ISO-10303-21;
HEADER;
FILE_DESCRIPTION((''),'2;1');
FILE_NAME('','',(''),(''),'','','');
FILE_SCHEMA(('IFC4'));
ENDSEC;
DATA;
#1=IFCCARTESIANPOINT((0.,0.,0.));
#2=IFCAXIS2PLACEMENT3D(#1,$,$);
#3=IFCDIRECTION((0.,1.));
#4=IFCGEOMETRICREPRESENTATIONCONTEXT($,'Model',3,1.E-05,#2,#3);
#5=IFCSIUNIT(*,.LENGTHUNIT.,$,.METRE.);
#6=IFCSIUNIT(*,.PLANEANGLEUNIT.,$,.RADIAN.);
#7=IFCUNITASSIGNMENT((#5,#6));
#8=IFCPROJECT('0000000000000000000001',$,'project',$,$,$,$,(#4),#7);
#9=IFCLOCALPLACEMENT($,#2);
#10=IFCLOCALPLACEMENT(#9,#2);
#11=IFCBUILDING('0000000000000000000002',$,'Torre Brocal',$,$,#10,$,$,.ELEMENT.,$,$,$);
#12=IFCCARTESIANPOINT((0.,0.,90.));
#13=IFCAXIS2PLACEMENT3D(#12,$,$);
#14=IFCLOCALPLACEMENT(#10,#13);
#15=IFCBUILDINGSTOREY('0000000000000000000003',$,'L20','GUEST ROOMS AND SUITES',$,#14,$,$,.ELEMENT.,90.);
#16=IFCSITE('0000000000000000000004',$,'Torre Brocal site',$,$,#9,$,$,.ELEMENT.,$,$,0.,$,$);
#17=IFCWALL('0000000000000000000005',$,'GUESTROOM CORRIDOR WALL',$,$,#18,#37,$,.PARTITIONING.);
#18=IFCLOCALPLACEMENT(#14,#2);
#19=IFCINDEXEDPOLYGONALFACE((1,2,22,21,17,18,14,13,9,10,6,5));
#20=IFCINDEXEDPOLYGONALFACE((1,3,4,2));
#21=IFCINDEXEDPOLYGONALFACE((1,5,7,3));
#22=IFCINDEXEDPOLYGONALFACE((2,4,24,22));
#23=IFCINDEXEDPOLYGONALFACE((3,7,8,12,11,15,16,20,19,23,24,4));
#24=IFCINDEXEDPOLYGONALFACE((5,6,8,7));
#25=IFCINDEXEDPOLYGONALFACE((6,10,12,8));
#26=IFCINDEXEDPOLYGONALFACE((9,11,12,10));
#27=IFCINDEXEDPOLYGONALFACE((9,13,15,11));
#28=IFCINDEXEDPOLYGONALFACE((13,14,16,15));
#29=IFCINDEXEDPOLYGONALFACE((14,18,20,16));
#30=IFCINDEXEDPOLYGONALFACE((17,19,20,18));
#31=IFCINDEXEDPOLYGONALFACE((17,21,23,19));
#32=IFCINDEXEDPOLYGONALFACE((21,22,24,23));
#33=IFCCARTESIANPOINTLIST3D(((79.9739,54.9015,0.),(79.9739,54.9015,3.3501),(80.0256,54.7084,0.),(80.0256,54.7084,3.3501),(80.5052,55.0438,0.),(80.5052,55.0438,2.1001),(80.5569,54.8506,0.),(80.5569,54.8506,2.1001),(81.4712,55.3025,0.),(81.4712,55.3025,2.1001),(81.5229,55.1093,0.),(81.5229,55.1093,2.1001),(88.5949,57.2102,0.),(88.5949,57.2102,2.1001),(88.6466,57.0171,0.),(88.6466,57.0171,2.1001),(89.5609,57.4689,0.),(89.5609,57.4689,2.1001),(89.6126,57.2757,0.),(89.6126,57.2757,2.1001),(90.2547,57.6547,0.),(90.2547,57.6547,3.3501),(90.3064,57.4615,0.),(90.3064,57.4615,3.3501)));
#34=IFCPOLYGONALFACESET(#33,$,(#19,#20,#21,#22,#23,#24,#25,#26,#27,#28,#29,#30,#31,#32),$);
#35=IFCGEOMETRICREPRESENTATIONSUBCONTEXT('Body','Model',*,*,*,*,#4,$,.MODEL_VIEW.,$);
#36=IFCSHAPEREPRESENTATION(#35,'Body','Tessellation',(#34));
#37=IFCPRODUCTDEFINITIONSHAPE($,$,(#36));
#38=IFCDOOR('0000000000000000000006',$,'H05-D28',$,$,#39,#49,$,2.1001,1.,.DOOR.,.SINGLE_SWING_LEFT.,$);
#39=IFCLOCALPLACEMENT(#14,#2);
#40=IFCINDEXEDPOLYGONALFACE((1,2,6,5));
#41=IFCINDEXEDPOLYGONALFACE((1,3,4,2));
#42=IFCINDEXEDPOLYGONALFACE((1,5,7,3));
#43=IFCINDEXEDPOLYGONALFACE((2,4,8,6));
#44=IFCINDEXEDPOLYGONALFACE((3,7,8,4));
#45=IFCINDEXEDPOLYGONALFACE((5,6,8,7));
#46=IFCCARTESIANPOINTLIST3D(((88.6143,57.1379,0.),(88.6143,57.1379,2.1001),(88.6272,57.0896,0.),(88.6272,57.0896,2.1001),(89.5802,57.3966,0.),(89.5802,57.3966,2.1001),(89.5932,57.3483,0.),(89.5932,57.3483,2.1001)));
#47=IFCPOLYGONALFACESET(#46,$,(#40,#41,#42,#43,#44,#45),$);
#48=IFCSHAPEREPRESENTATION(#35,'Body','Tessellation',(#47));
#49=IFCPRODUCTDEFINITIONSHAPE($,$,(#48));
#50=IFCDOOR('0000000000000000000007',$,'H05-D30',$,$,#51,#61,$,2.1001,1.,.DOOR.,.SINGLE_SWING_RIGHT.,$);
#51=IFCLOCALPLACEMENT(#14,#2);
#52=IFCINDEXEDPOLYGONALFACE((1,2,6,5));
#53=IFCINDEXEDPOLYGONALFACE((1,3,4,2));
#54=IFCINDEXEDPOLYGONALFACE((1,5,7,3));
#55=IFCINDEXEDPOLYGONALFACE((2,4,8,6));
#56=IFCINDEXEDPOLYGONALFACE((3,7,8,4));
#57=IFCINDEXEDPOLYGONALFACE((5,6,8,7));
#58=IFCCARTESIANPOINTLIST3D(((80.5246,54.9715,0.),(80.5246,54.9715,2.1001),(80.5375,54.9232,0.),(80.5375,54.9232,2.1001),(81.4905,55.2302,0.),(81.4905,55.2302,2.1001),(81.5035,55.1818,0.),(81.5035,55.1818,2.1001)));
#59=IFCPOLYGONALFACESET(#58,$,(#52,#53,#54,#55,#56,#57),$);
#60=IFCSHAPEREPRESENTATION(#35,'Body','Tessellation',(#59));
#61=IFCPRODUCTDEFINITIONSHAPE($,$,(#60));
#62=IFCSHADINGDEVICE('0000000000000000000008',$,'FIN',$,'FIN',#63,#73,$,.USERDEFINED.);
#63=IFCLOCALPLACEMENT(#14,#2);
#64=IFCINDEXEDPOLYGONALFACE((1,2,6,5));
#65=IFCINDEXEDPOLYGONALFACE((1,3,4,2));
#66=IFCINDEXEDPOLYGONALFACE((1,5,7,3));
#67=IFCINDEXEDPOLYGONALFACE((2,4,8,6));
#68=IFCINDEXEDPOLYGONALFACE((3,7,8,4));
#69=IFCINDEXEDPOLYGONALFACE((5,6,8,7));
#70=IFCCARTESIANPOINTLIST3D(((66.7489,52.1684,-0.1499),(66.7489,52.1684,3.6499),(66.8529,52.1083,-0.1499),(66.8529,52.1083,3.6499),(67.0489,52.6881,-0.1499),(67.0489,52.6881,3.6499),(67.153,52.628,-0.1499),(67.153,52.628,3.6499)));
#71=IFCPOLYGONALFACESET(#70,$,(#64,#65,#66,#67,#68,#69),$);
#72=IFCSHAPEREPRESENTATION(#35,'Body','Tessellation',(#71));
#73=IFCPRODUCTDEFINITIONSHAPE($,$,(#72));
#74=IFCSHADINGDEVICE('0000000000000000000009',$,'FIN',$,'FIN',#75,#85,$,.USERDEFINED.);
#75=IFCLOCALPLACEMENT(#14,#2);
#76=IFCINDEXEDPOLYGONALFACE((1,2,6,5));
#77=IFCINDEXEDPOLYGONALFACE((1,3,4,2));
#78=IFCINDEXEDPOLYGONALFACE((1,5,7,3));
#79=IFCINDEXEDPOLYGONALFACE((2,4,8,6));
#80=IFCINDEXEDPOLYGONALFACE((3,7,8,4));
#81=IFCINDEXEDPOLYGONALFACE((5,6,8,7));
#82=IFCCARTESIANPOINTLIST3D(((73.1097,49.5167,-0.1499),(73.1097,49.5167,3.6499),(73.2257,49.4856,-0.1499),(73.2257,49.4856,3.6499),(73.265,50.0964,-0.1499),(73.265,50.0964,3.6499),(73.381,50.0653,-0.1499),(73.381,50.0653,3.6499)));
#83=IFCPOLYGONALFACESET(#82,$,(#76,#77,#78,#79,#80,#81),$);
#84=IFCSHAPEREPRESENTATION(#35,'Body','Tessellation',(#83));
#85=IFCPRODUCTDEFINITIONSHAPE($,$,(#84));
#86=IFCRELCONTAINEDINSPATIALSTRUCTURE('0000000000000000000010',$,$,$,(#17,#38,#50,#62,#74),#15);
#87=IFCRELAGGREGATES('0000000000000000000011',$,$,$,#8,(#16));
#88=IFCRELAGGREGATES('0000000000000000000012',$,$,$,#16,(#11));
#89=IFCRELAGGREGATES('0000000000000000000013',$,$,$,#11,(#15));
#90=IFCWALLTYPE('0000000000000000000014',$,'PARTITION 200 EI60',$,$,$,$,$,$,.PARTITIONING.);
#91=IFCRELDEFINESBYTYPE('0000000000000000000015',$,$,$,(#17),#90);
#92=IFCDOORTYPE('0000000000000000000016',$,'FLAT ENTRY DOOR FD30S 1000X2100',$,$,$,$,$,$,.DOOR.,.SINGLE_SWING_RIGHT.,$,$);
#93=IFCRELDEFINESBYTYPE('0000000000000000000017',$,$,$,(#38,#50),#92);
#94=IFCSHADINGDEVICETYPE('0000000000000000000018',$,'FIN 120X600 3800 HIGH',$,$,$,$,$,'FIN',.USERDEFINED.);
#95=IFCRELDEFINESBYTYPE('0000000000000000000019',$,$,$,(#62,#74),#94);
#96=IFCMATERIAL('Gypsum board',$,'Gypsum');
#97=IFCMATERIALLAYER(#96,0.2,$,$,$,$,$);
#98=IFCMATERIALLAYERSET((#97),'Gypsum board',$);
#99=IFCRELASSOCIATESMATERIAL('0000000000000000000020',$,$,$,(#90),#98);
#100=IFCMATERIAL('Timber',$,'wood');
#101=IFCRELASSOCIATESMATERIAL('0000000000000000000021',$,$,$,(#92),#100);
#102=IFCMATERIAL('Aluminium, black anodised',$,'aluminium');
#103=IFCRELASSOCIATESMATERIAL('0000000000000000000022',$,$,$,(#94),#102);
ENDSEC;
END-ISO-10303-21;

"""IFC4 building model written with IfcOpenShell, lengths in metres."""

from ifc_helpers import new_model, si_unit, direction, frame, frame_2d, origin, origin_2d, place, context, subcontext, project, spatial, rectangle, extrude, material, layer, layer_set, material_profile, profile_set, type_object, element, fill, save


model = new_model("IFC4")

# Units and contexts
model_context = context("Model", 3, precision=1e-05, world=origin(), true_north=direction((0.0, 1.0)))
body_context = subcontext(model_context, "Body", "Model", "MODEL_VIEW")
ifc_project = project(units=[si_unit("LENGTHUNIT", "METRE"), si_unit("PLANEANGLEUNIT", "RADIAN")], contexts=[model_context])

# Site, building, storey
site_placement = place(None, origin())
site = spatial("IfcSite", under=ifc_project, at=site_placement, Name="Torre Brocal site", CompositionType="ELEMENT", RefElevation=0.0)
building_placement = place(site_placement, origin())
building = spatial("IfcBuilding", under=site, at=building_placement, Name="Torre Brocal", CompositionType="ELEMENT")
storey_placement = place(building_placement, frame((0.0, 0.0, 90.0)))
storey = spatial("IfcBuildingStorey", under=building, at=storey_placement, Name="L20", Description="GUEST ROOMS AND SUITES", CompositionType="ELEMENT", Elevation=90.0)

# Shared definitions
ifc_material_1 = material(Name="Gypsum board", Category="Gypsum")
ifc_layer_1 = layer(ifc_material_1, 0.2)
ifc_layer_set_1 = layer_set([ifc_layer_1], Name="Gypsum board")
wall_type_1 = type_object("IfcWallType", Name="PARTITION 200 EI60", PredefinedType="PARTITIONING", material=ifc_layer_set_1)

# Shared definitions
ifc_material_2 = material(Name="Timber", Category="wood")
door_type_1 = type_object("IfcDoorType", Name="FLAT ENTRY DOOR FD30S 1000X2100", OperationType="SINGLE_SWING_RIGHT", PredefinedType="DOOR", material=ifc_material_2)

# Wall, openings, doors
wall_1_placement = place(storey_placement, frame((79.9998, 54.8049, 0.0), z_axis=(0.0, 0.0, 1.0), x_axis=(0.965962, 0.258683, 0.0)))
wall_1 = element("IfcWall", 1, at=wall_1_placement, inside=storey, type_object=wall_type_1, Name="GUESTROOM CORRIDOR WALL", PredefinedType="PARTITIONING", context=body_context, shape_type="SweptSolid", body=[
    extrude(rectangle(XDim=10.6431, YDim=0.2, at=frame_2d((5.3215, 0.0))), origin(), (0.0, 0.0, 1.0), 3.3501),
])
opening_1_placement = place(wall_1_placement, frame((8.9248, 0.0, 0.0)))
opening_1 = element("IfcOpeningElement", 2, at=opening_1_placement, cuts=wall_1, PredefinedType="OPENING", context=body_context, shape_type="SweptSolid", body=[
    extrude(rectangle(XDim=1.0, YDim=2.1001, at=frame_2d((0.5, 1.05))), frame((0.0, 0.1099, 0.0), z_axis=(0.0, -1.0, 0.0), x_axis=(1.0, 0.0, 0.0)), (0.0, 0.0, 1.0), 0.22),
])
opening_2_placement = place(wall_1_placement, frame((0.55, 0.0, 0.0)))
opening_2 = element("IfcOpeningElement", 3, at=opening_2_placement, cuts=wall_1, PredefinedType="OPENING", context=body_context, shape_type="SweptSolid", body=[
    extrude(rectangle(XDim=1.0, YDim=2.1001, at=frame_2d((0.5, 1.05))), frame((0.0, 0.1099, 0.0), z_axis=(0.0, -1.0, 0.0), x_axis=(1.0, 0.0, 0.0)), (0.0, 0.0, 1.0), 0.22),
])
door_1_placement = place(opening_1_placement, frame((1.0, 0.0, 0.0), z_axis=(0.0, 0.0, 1.0), x_axis=(-1.0, 0.0, 0.0)))
door_1 = element("IfcDoor", 4, at=door_1_placement, inside=storey, type_object=door_type_1, Name="H05-D28", OperationType="SINGLE_SWING_LEFT", OverallHeight=2.1001, OverallWidth=1.0, PredefinedType="DOOR", context=body_context, shape_type="SweptSolid", body=[
    extrude(rectangle(XDim=1.0, YDim=2.1001, at=frame_2d((0.5, 1.05))), frame((0.0, 0.0249, 0.0), z_axis=(0.0, -1.0, 0.0), x_axis=(1.0, 0.0, 0.0)), (0.0, 0.0, 1.0), 0.05),
])
fill(opening_1, door_1)
door_2_placement = place(opening_2_placement, frame((1.0, 0.0, 0.0), z_axis=(0.0, 0.0, 1.0), x_axis=(-1.0, 0.0, 0.0)))
door_2 = element("IfcDoor", 5, at=door_2_placement, inside=storey, type_object=door_type_1, Name="H05-D30", OperationType="SINGLE_SWING_RIGHT", OverallHeight=2.1001, OverallWidth=1.0, PredefinedType="DOOR", context=body_context, shape_type="SweptSolid", body=[
    extrude(rectangle(XDim=1.0, YDim=2.1001, at=frame_2d((0.5, 1.05))), frame((0.0, 0.0249, 0.0), z_axis=(0.0, -1.0, 0.0), x_axis=(1.0, 0.0, 0.0)), (0.0, 0.0, 1.0), 0.05),
])
fill(opening_2, door_2)

# Shading devices
ifc_material_3 = material(Name="Aluminium, black anodised", Category="aluminium")
ifc_material_profile_1 = material_profile(ifc_material_3, rectangle(XDim=0.1201, YDim=0.6001, at=origin_2d()), Name="FIN 120X600 3800 HIGH")
ifc_profile_set_1 = profile_set([ifc_material_profile_1], Name="Aluminium, black anodised")
shading_device_type = type_object("IfcShadingDeviceType", Name="FIN 120X600 3800 HIGH", ElementType="FIN", PredefinedType="USERDEFINED", material=ifc_profile_set_1)
for number, where, z_axis, x_axis, name in (
    (6, (66.9509, 52.3982, -0.1499), (0.0, 0.0, 1.0), (0.866025, -0.5, 0.0), "FIN"),
    (7, (73.2454, 49.791, -0.1499), (0.0, 0.0, 1.0), (0.965926, -0.258819, 0.0), "FIN"),
):
    element("IfcShadingDevice", number, at=place(storey_placement, frame(where, z_axis=z_axis, x_axis=x_axis)), inside=storey, type_object=shading_device_type, Name=name, ObjectType="FIN", PredefinedType="USERDEFINED", context=body_context, shape_type="SweptSolid", body=[
        extrude(rectangle(XDim=0.1201, YDim=0.6001, at=origin_2d()), origin(), (0.0, 0.0, 1.0), 3.7998),
    ])

save(model, "model.ifc")
